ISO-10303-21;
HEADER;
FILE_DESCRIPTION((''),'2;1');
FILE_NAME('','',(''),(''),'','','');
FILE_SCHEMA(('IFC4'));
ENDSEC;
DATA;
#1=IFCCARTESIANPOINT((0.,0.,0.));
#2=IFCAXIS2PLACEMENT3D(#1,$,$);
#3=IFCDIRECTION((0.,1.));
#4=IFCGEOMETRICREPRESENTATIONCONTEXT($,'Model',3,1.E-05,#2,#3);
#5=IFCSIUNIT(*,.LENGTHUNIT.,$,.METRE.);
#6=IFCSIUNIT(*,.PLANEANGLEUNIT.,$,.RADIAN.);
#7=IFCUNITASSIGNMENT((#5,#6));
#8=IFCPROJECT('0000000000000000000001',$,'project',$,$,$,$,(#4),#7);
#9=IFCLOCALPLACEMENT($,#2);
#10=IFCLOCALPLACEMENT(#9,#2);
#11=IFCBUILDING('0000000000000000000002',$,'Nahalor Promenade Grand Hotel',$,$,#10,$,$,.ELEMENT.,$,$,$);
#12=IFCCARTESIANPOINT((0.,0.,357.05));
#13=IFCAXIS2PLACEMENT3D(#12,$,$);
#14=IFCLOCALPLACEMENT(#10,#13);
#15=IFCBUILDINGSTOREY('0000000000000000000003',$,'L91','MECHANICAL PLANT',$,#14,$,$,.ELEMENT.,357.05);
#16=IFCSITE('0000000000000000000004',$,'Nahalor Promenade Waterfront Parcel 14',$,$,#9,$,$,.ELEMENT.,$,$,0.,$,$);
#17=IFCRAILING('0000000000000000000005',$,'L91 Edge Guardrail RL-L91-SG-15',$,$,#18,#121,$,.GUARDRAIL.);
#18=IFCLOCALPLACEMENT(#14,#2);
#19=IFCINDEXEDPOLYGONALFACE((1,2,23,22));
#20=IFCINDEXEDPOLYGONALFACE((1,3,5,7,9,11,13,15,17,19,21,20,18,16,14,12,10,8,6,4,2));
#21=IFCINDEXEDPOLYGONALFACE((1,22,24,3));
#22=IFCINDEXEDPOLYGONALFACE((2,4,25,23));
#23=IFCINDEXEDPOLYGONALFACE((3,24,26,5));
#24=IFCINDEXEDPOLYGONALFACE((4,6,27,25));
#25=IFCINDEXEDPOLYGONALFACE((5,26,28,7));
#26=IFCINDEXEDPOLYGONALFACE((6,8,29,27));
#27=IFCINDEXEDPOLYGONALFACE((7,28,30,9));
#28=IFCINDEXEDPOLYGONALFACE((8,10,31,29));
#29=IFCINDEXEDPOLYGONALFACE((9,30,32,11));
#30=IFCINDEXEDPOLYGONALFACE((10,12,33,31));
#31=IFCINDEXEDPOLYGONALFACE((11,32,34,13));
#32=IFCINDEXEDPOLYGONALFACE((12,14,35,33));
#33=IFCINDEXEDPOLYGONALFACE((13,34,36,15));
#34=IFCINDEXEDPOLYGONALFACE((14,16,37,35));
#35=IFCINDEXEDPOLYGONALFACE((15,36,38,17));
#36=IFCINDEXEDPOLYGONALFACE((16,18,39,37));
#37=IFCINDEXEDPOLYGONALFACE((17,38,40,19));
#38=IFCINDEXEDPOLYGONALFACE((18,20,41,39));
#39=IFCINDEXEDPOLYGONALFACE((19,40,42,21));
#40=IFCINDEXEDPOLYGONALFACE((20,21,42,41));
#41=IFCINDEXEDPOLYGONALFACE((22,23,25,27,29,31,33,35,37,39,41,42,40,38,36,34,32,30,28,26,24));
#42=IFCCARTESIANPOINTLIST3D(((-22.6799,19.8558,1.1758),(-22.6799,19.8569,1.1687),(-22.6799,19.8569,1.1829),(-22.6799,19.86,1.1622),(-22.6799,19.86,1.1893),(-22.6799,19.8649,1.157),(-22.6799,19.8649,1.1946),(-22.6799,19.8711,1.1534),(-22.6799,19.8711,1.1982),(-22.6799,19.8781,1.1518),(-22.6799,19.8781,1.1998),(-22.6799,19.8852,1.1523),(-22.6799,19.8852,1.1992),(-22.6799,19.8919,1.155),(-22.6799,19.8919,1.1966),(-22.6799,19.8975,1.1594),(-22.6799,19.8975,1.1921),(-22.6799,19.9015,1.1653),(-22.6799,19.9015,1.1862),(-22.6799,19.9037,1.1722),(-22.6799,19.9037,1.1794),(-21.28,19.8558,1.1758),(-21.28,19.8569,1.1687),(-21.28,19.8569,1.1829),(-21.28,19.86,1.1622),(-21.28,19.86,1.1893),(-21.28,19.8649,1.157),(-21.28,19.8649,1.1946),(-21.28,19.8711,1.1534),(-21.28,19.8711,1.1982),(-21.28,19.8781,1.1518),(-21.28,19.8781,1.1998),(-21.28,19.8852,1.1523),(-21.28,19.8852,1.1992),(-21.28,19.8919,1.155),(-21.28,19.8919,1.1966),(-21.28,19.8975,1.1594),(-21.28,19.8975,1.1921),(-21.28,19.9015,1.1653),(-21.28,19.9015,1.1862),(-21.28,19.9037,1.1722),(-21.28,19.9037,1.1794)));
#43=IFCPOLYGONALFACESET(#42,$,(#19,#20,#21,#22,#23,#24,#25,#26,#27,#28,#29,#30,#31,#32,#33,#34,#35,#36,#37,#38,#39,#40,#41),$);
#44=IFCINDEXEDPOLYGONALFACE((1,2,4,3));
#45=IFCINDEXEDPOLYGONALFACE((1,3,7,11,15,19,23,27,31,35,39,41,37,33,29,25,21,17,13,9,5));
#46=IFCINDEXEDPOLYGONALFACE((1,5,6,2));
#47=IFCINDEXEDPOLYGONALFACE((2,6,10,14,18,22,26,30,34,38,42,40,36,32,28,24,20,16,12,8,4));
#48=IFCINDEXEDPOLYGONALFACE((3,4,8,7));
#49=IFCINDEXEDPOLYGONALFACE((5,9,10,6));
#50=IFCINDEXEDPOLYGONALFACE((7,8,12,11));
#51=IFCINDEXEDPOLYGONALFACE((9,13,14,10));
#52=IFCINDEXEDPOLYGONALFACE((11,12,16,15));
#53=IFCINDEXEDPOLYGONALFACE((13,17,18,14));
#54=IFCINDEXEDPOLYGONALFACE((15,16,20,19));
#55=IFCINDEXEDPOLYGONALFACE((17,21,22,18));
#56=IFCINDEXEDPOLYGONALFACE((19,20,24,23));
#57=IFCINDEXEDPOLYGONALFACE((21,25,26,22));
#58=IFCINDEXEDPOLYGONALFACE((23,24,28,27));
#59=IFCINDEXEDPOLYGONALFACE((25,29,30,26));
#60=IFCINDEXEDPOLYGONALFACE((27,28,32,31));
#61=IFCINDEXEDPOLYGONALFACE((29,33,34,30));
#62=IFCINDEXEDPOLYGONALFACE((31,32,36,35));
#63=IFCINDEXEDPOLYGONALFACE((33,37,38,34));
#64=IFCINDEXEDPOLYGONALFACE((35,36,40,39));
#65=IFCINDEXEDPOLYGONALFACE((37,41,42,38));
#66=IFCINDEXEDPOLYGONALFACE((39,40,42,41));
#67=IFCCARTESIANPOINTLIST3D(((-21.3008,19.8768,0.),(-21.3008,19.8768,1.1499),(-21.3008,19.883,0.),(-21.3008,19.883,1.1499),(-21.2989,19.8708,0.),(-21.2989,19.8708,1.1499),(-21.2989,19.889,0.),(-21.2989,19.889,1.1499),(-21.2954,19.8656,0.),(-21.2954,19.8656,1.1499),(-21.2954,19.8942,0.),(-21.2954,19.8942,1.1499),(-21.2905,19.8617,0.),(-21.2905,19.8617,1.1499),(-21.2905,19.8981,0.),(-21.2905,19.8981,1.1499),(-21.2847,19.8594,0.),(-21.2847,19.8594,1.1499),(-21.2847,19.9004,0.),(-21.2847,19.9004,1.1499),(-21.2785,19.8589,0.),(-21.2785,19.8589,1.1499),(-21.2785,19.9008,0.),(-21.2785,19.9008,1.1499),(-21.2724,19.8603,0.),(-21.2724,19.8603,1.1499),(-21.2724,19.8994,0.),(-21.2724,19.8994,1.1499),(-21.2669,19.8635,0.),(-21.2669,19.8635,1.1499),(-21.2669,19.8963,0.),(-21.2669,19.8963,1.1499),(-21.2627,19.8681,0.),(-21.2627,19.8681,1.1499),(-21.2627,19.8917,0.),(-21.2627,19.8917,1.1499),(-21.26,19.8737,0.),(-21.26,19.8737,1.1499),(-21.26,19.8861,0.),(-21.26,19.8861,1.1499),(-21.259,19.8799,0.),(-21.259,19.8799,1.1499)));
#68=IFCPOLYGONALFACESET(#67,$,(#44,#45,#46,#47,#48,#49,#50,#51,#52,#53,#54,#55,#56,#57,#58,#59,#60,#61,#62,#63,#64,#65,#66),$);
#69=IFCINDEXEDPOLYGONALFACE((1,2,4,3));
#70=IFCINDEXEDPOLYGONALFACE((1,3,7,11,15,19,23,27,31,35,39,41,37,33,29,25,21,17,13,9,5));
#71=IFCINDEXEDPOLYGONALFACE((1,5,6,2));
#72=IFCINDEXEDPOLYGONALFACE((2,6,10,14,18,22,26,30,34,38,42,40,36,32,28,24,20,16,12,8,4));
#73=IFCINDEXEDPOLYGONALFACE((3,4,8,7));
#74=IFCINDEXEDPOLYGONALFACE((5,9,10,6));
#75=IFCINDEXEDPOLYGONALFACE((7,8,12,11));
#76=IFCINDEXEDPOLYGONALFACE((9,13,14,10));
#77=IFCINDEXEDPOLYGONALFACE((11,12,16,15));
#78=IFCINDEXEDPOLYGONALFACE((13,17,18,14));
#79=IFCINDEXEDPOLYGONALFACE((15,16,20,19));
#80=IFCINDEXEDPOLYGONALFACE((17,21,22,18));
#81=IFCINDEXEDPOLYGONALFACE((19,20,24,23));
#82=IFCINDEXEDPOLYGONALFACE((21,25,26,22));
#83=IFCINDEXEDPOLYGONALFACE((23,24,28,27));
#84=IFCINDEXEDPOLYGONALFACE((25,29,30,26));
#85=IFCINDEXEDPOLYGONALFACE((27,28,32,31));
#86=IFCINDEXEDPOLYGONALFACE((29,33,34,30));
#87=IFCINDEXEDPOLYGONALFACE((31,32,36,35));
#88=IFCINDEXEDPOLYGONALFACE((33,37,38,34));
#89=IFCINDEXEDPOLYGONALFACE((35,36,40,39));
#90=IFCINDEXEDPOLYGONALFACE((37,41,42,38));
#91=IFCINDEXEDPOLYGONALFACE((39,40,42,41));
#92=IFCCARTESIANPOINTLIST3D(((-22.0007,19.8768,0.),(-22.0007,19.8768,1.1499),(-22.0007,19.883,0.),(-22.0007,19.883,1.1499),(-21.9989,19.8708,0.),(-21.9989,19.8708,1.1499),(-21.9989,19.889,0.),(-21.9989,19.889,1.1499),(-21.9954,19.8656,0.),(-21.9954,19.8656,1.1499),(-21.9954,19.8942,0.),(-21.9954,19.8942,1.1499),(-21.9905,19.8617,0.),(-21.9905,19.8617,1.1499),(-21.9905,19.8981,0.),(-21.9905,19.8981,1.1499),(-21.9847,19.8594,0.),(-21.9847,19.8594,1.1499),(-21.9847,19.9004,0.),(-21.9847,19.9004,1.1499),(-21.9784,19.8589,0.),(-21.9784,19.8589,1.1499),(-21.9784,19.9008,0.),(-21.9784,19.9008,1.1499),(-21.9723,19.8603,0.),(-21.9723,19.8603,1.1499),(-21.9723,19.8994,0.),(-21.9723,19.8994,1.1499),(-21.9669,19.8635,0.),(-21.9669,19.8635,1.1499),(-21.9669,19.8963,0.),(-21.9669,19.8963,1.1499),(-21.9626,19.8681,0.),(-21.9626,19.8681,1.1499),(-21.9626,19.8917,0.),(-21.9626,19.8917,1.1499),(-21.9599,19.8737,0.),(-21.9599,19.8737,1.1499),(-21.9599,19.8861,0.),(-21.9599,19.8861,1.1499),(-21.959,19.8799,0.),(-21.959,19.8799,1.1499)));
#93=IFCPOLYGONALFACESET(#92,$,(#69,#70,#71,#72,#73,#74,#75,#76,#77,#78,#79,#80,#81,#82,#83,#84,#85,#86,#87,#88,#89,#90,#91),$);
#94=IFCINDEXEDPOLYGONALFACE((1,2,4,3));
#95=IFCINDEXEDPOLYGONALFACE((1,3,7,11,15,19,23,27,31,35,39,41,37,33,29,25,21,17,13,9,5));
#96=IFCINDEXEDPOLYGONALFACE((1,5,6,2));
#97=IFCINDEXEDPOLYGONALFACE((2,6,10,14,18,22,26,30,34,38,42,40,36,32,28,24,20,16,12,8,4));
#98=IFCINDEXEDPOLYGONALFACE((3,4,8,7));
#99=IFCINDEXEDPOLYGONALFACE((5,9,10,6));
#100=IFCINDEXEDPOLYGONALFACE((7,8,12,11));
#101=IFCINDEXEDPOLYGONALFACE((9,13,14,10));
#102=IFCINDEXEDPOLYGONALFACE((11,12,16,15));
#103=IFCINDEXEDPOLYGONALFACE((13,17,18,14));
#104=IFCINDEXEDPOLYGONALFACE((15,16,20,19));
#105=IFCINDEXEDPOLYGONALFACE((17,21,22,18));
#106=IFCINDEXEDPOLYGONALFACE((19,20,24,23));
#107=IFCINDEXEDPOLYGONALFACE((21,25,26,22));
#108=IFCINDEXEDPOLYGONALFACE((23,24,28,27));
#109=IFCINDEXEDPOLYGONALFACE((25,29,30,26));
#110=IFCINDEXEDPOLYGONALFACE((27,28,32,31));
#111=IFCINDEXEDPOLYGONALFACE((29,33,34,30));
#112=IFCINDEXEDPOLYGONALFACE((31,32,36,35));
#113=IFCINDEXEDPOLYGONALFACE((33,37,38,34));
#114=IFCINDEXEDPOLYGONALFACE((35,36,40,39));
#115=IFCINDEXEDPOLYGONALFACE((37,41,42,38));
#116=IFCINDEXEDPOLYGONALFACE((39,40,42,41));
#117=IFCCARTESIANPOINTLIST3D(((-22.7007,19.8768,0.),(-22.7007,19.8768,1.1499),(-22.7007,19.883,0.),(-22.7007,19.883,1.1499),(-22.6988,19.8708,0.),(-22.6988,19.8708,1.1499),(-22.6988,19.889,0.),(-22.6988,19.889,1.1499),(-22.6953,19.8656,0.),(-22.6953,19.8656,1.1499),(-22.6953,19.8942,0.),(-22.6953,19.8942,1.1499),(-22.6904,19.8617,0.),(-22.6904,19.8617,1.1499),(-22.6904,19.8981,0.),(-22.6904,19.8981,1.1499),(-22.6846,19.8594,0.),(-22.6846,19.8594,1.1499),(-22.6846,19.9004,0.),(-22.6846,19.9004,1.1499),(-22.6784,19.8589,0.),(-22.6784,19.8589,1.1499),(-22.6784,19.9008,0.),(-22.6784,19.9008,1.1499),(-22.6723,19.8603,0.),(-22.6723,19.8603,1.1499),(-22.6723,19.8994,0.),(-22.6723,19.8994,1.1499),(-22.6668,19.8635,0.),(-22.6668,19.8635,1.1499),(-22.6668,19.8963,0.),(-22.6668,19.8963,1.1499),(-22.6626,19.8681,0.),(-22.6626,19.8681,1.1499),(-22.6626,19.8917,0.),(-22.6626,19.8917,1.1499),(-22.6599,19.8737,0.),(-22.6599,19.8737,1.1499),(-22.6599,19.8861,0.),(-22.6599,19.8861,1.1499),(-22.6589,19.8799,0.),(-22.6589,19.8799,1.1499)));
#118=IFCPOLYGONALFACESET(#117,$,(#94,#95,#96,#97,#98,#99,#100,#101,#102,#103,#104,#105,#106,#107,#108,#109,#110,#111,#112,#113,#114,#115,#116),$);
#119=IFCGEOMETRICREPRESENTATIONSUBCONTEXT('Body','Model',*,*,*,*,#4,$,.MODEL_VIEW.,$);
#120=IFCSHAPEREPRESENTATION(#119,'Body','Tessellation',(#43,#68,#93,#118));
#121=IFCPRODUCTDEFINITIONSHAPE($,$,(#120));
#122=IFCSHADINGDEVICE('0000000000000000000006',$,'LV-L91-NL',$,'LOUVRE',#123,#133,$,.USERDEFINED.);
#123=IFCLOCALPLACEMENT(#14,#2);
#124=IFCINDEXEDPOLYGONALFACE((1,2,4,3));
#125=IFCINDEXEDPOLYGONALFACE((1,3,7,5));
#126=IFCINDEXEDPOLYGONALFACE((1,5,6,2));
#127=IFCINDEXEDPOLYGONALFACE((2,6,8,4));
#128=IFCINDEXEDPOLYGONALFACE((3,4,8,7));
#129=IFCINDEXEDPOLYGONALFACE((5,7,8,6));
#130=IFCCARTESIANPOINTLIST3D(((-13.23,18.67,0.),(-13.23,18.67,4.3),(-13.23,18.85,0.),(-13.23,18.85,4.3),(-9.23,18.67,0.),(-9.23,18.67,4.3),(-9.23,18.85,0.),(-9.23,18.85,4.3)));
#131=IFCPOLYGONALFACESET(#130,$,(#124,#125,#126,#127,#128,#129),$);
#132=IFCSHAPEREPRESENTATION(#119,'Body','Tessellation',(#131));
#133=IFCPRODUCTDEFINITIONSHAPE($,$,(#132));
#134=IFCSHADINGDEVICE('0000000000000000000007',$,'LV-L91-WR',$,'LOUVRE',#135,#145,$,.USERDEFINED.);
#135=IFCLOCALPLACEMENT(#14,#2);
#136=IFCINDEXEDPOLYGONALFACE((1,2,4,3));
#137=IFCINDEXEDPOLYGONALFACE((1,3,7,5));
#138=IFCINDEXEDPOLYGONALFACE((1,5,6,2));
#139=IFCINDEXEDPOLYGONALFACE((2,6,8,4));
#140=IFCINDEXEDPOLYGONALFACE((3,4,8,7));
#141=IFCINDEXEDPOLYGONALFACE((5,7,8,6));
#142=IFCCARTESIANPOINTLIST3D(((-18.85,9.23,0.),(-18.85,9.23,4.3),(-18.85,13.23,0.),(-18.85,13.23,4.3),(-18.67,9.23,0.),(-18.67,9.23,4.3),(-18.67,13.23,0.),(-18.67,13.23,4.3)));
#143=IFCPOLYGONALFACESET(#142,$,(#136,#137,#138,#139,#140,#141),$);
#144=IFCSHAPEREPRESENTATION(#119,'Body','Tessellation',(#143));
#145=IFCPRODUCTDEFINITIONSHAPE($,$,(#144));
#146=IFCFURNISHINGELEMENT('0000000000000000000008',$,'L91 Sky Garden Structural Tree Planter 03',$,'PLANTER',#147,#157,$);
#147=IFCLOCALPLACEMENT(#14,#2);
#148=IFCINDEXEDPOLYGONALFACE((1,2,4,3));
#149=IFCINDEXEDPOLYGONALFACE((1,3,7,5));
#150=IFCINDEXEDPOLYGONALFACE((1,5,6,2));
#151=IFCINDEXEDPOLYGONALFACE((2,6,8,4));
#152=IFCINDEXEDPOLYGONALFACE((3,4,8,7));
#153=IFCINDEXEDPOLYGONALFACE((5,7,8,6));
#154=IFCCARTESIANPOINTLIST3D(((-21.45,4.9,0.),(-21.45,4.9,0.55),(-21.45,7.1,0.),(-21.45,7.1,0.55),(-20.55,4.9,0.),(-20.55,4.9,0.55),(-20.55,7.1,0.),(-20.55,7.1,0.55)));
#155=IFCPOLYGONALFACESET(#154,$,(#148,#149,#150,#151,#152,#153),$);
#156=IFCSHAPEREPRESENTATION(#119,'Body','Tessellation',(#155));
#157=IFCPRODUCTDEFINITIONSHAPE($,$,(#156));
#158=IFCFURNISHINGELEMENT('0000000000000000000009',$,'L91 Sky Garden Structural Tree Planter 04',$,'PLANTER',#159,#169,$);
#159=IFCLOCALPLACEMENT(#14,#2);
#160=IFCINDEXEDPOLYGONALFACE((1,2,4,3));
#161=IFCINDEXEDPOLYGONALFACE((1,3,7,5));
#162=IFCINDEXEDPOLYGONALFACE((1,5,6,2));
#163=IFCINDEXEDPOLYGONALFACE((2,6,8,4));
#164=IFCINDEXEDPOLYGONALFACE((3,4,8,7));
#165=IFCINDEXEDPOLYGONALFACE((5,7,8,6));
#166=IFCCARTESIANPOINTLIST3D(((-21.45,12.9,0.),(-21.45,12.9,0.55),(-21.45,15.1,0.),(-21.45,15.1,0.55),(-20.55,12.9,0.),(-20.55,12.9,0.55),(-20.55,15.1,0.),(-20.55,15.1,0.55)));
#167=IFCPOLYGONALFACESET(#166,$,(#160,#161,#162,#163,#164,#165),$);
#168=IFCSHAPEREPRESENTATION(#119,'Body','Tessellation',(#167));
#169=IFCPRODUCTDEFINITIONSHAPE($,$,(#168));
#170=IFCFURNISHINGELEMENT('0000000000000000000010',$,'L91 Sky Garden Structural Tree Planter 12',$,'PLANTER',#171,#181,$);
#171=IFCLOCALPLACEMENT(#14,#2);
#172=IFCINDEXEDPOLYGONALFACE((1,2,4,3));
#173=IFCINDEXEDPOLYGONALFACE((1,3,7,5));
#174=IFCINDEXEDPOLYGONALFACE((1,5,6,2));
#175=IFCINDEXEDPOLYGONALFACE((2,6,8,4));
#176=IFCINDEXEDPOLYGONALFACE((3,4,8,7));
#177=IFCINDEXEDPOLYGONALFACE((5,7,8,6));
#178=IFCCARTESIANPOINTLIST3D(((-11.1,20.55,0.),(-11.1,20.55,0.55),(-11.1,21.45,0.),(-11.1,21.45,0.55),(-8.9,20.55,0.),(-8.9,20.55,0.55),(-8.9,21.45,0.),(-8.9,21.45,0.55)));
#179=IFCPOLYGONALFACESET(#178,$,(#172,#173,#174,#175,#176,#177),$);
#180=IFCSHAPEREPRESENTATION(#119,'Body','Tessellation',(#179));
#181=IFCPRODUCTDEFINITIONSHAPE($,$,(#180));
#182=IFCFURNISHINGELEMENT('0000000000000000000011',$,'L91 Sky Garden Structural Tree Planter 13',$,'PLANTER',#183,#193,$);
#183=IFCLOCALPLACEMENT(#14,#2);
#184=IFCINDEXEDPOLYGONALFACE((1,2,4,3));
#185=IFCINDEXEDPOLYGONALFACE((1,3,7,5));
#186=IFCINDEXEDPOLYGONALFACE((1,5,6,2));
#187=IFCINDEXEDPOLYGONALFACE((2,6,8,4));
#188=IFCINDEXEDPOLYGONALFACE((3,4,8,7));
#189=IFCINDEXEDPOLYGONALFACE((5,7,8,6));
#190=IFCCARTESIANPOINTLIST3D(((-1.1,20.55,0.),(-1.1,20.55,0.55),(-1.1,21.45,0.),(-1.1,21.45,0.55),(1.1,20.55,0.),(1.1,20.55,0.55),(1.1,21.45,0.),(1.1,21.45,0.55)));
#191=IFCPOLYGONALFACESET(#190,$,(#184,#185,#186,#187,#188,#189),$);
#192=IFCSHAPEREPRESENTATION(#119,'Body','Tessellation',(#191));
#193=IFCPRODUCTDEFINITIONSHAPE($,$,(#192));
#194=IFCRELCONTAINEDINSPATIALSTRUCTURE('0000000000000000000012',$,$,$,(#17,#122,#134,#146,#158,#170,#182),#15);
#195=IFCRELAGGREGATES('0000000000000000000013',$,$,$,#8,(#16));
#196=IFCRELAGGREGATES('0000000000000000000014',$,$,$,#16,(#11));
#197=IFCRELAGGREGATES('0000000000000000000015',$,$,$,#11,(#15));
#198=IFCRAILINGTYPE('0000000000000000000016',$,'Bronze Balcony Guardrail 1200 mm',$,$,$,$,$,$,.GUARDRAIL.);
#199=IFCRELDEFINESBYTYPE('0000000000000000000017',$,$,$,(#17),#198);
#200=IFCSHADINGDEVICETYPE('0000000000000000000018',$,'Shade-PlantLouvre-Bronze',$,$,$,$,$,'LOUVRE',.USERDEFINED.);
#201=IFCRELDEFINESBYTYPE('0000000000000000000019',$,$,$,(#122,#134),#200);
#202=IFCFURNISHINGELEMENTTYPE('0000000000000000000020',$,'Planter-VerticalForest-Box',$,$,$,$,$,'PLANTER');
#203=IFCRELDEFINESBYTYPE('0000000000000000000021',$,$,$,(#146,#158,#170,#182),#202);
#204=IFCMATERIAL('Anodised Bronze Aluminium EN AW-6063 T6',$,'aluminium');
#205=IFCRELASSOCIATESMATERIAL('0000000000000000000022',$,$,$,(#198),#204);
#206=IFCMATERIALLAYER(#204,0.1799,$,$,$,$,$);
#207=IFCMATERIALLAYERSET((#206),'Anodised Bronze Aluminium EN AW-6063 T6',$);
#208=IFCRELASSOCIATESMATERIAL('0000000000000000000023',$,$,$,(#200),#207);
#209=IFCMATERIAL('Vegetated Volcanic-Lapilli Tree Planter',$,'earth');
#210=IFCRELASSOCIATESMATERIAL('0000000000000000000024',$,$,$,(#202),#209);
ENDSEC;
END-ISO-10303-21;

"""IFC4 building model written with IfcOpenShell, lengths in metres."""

from ifc_helpers import new_model, si_unit, direction, frame, origin, origin_2d, place, context, subcontext, project, spatial, rectangle, circle, extrude, source, transform, mapped, material, layer, layer_set, type_object, element, save


model = new_model("IFC4")

# Units and contexts
model_context = context("Model", 3, precision=1e-05, world=origin(), true_north=direction((0.0, 1.0)))
body_context = subcontext(model_context, "Body", "Model", "MODEL_VIEW")
ifc_project = project(units=[si_unit("LENGTHUNIT", "METRE"), si_unit("PLANEANGLEUNIT", "RADIAN")], contexts=[model_context])

# Site, building, storey
site_placement = place(None, origin())
site = spatial("IfcSite", under=ifc_project, at=site_placement, Name="Nahalor Promenade Waterfront Parcel 14", CompositionType="ELEMENT", RefElevation=0.0)
building_placement = place(site_placement, origin())
building = spatial("IfcBuilding", under=site, at=building_placement, Name="Nahalor Promenade Grand Hotel", CompositionType="ELEMENT")
storey_placement = place(building_placement, frame((0.0, 0.0, 357.05)))
storey = spatial("IfcBuildingStorey", under=building, at=storey_placement, Name="L91", Description="MECHANICAL PLANT", CompositionType="ELEMENT", Elevation=357.05)

# Shared definitions
ifc_material_1 = material(Name="Anodised Bronze Aluminium EN AW-6063 T6", Category="aluminium")

# Railing
railing_type = type_object("IfcRailingType", Name="Bronze Balcony Guardrail 1200 mm", PredefinedType="GUARDRAIL", material=ifc_material_1)
railing_1_placement = place(storey_placement, frame((-21.28, 19.8799, 0.0)))
element("IfcRailing", 1, at=railing_1_placement, inside=storey, type_object=railing_type, Name="L91 Edge Guardrail RL-L91-SG-15", PredefinedType="GUARDRAIL", context=body_context, shape_type="SweptSolid", body=[
    extrude(circle(Radius=0.024, at=origin_2d()), frame((0.0, 0.0, 1.1758), z_axis=(-1.0, 0.0, 0.0), x_axis=(0.0, -1.0, 0.0)), (0.0, 0.0, 1.0), 1.3999),
    extrude(circle(Radius=0.021, at=origin_2d()), origin(), (0.0, 0.0, 1.0), 1.1499),
    extrude(circle(Radius=0.021, at=origin_2d()), frame((-0.7, 0.0, 0.0)), (0.0, 0.0, 1.0), 1.1499),
    extrude(circle(Radius=0.021, at=origin_2d()), frame((-1.3999, 0.0, 0.0)), (0.0, 0.0, 1.0), 1.1499),
])

# Shading devices
ifc_layer_1 = layer(ifc_material_1, 0.1799)
ifc_layer_set_1 = layer_set([ifc_layer_1], Name="Anodised Bronze Aluminium EN AW-6063 T6")
shading_device_type = type_object("IfcShadingDeviceType", Name="Shade-PlantLouvre-Bronze", ElementType="LOUVRE", PredefinedType="USERDEFINED", material=ifc_layer_set_1)
shared_shape_1 = source(origin(), body_context, "Body", "SweptSolid", [
    extrude(rectangle(XDim=4.0, YDim=0.1799, at=origin_2d()), origin(), (0.0, 0.0, 1.0), 4.3),
])
for number, where, z_axis, x_axis, name in (
    (2, (-11.23, 18.76, 0.0), (0.0, 0.0, 1.0), (1.0, 0.0, 0.0), "LV-L91-NL"),
    (3, (-18.76, 11.23, 0.0), (0.0, 0.0, 1.0), (0.0, 1.0, 0.0), "LV-L91-WR"),
):
    element("IfcShadingDevice", number, at=place(storey_placement, frame(where, z_axis=z_axis, x_axis=x_axis)), inside=storey, type_object=shading_device_type, Name=name, ObjectType="LOUVRE", PredefinedType="USERDEFINED", context=body_context, shape_type="MappedRepresentation", body=[
        mapped(shared_shape_1, transform((0.0, 0.0, 0.0), scale=1.0)),
    ])

# Furnishing elements
ifc_material_2 = material(Name="Vegetated Volcanic-Lapilli Tree Planter", Category="earth")
furnishing_element_type = type_object("IfcFurnishingElementType", Name="Planter-VerticalForest-Box", ElementType="PLANTER", material=ifc_material_2)
shared_shape_2 = source(origin(), body_context, "Body", "SweptSolid", [
    extrude(rectangle(XDim=2.2, YDim=0.8999, at=origin_2d()), origin(), (0.0, 0.0, 1.0), 0.55),
])
for number, where, z_axis, x_axis, name in (
    (4, (-21.0, 6.0, 0.0), (0.0, 0.0, 1.0), (0.0, 1.0, 0.0), "L91 Sky Garden Structural Tree Planter 03"),
    (5, (-21.0, 14.0, 0.0), (0.0, 0.0, 1.0), (0.0, 1.0, 0.0), "L91 Sky Garden Structural Tree Planter 04"),
    (6, (-10.0, 21.0, 0.0), (0.0, 0.0, 1.0), (1.0, 0.0, 0.0), "L91 Sky Garden Structural Tree Planter 12"),
    (7, (0.0, 21.0, 0.0), (0.0, 0.0, 1.0), (1.0, 0.0, 0.0), "L91 Sky Garden Structural Tree Planter 13"),
):
    element("IfcFurnishingElement", number, at=place(storey_placement, frame(where, z_axis=z_axis, x_axis=x_axis)), inside=storey, type_object=furnishing_element_type, Name=name, ObjectType="PLANTER", context=body_context, shape_type="MappedRepresentation", body=[
        mapped(shared_shape_2, transform((0.0, 0.0, 0.0), scale=1.0)),
    ])

save(model, "model.ifc")
